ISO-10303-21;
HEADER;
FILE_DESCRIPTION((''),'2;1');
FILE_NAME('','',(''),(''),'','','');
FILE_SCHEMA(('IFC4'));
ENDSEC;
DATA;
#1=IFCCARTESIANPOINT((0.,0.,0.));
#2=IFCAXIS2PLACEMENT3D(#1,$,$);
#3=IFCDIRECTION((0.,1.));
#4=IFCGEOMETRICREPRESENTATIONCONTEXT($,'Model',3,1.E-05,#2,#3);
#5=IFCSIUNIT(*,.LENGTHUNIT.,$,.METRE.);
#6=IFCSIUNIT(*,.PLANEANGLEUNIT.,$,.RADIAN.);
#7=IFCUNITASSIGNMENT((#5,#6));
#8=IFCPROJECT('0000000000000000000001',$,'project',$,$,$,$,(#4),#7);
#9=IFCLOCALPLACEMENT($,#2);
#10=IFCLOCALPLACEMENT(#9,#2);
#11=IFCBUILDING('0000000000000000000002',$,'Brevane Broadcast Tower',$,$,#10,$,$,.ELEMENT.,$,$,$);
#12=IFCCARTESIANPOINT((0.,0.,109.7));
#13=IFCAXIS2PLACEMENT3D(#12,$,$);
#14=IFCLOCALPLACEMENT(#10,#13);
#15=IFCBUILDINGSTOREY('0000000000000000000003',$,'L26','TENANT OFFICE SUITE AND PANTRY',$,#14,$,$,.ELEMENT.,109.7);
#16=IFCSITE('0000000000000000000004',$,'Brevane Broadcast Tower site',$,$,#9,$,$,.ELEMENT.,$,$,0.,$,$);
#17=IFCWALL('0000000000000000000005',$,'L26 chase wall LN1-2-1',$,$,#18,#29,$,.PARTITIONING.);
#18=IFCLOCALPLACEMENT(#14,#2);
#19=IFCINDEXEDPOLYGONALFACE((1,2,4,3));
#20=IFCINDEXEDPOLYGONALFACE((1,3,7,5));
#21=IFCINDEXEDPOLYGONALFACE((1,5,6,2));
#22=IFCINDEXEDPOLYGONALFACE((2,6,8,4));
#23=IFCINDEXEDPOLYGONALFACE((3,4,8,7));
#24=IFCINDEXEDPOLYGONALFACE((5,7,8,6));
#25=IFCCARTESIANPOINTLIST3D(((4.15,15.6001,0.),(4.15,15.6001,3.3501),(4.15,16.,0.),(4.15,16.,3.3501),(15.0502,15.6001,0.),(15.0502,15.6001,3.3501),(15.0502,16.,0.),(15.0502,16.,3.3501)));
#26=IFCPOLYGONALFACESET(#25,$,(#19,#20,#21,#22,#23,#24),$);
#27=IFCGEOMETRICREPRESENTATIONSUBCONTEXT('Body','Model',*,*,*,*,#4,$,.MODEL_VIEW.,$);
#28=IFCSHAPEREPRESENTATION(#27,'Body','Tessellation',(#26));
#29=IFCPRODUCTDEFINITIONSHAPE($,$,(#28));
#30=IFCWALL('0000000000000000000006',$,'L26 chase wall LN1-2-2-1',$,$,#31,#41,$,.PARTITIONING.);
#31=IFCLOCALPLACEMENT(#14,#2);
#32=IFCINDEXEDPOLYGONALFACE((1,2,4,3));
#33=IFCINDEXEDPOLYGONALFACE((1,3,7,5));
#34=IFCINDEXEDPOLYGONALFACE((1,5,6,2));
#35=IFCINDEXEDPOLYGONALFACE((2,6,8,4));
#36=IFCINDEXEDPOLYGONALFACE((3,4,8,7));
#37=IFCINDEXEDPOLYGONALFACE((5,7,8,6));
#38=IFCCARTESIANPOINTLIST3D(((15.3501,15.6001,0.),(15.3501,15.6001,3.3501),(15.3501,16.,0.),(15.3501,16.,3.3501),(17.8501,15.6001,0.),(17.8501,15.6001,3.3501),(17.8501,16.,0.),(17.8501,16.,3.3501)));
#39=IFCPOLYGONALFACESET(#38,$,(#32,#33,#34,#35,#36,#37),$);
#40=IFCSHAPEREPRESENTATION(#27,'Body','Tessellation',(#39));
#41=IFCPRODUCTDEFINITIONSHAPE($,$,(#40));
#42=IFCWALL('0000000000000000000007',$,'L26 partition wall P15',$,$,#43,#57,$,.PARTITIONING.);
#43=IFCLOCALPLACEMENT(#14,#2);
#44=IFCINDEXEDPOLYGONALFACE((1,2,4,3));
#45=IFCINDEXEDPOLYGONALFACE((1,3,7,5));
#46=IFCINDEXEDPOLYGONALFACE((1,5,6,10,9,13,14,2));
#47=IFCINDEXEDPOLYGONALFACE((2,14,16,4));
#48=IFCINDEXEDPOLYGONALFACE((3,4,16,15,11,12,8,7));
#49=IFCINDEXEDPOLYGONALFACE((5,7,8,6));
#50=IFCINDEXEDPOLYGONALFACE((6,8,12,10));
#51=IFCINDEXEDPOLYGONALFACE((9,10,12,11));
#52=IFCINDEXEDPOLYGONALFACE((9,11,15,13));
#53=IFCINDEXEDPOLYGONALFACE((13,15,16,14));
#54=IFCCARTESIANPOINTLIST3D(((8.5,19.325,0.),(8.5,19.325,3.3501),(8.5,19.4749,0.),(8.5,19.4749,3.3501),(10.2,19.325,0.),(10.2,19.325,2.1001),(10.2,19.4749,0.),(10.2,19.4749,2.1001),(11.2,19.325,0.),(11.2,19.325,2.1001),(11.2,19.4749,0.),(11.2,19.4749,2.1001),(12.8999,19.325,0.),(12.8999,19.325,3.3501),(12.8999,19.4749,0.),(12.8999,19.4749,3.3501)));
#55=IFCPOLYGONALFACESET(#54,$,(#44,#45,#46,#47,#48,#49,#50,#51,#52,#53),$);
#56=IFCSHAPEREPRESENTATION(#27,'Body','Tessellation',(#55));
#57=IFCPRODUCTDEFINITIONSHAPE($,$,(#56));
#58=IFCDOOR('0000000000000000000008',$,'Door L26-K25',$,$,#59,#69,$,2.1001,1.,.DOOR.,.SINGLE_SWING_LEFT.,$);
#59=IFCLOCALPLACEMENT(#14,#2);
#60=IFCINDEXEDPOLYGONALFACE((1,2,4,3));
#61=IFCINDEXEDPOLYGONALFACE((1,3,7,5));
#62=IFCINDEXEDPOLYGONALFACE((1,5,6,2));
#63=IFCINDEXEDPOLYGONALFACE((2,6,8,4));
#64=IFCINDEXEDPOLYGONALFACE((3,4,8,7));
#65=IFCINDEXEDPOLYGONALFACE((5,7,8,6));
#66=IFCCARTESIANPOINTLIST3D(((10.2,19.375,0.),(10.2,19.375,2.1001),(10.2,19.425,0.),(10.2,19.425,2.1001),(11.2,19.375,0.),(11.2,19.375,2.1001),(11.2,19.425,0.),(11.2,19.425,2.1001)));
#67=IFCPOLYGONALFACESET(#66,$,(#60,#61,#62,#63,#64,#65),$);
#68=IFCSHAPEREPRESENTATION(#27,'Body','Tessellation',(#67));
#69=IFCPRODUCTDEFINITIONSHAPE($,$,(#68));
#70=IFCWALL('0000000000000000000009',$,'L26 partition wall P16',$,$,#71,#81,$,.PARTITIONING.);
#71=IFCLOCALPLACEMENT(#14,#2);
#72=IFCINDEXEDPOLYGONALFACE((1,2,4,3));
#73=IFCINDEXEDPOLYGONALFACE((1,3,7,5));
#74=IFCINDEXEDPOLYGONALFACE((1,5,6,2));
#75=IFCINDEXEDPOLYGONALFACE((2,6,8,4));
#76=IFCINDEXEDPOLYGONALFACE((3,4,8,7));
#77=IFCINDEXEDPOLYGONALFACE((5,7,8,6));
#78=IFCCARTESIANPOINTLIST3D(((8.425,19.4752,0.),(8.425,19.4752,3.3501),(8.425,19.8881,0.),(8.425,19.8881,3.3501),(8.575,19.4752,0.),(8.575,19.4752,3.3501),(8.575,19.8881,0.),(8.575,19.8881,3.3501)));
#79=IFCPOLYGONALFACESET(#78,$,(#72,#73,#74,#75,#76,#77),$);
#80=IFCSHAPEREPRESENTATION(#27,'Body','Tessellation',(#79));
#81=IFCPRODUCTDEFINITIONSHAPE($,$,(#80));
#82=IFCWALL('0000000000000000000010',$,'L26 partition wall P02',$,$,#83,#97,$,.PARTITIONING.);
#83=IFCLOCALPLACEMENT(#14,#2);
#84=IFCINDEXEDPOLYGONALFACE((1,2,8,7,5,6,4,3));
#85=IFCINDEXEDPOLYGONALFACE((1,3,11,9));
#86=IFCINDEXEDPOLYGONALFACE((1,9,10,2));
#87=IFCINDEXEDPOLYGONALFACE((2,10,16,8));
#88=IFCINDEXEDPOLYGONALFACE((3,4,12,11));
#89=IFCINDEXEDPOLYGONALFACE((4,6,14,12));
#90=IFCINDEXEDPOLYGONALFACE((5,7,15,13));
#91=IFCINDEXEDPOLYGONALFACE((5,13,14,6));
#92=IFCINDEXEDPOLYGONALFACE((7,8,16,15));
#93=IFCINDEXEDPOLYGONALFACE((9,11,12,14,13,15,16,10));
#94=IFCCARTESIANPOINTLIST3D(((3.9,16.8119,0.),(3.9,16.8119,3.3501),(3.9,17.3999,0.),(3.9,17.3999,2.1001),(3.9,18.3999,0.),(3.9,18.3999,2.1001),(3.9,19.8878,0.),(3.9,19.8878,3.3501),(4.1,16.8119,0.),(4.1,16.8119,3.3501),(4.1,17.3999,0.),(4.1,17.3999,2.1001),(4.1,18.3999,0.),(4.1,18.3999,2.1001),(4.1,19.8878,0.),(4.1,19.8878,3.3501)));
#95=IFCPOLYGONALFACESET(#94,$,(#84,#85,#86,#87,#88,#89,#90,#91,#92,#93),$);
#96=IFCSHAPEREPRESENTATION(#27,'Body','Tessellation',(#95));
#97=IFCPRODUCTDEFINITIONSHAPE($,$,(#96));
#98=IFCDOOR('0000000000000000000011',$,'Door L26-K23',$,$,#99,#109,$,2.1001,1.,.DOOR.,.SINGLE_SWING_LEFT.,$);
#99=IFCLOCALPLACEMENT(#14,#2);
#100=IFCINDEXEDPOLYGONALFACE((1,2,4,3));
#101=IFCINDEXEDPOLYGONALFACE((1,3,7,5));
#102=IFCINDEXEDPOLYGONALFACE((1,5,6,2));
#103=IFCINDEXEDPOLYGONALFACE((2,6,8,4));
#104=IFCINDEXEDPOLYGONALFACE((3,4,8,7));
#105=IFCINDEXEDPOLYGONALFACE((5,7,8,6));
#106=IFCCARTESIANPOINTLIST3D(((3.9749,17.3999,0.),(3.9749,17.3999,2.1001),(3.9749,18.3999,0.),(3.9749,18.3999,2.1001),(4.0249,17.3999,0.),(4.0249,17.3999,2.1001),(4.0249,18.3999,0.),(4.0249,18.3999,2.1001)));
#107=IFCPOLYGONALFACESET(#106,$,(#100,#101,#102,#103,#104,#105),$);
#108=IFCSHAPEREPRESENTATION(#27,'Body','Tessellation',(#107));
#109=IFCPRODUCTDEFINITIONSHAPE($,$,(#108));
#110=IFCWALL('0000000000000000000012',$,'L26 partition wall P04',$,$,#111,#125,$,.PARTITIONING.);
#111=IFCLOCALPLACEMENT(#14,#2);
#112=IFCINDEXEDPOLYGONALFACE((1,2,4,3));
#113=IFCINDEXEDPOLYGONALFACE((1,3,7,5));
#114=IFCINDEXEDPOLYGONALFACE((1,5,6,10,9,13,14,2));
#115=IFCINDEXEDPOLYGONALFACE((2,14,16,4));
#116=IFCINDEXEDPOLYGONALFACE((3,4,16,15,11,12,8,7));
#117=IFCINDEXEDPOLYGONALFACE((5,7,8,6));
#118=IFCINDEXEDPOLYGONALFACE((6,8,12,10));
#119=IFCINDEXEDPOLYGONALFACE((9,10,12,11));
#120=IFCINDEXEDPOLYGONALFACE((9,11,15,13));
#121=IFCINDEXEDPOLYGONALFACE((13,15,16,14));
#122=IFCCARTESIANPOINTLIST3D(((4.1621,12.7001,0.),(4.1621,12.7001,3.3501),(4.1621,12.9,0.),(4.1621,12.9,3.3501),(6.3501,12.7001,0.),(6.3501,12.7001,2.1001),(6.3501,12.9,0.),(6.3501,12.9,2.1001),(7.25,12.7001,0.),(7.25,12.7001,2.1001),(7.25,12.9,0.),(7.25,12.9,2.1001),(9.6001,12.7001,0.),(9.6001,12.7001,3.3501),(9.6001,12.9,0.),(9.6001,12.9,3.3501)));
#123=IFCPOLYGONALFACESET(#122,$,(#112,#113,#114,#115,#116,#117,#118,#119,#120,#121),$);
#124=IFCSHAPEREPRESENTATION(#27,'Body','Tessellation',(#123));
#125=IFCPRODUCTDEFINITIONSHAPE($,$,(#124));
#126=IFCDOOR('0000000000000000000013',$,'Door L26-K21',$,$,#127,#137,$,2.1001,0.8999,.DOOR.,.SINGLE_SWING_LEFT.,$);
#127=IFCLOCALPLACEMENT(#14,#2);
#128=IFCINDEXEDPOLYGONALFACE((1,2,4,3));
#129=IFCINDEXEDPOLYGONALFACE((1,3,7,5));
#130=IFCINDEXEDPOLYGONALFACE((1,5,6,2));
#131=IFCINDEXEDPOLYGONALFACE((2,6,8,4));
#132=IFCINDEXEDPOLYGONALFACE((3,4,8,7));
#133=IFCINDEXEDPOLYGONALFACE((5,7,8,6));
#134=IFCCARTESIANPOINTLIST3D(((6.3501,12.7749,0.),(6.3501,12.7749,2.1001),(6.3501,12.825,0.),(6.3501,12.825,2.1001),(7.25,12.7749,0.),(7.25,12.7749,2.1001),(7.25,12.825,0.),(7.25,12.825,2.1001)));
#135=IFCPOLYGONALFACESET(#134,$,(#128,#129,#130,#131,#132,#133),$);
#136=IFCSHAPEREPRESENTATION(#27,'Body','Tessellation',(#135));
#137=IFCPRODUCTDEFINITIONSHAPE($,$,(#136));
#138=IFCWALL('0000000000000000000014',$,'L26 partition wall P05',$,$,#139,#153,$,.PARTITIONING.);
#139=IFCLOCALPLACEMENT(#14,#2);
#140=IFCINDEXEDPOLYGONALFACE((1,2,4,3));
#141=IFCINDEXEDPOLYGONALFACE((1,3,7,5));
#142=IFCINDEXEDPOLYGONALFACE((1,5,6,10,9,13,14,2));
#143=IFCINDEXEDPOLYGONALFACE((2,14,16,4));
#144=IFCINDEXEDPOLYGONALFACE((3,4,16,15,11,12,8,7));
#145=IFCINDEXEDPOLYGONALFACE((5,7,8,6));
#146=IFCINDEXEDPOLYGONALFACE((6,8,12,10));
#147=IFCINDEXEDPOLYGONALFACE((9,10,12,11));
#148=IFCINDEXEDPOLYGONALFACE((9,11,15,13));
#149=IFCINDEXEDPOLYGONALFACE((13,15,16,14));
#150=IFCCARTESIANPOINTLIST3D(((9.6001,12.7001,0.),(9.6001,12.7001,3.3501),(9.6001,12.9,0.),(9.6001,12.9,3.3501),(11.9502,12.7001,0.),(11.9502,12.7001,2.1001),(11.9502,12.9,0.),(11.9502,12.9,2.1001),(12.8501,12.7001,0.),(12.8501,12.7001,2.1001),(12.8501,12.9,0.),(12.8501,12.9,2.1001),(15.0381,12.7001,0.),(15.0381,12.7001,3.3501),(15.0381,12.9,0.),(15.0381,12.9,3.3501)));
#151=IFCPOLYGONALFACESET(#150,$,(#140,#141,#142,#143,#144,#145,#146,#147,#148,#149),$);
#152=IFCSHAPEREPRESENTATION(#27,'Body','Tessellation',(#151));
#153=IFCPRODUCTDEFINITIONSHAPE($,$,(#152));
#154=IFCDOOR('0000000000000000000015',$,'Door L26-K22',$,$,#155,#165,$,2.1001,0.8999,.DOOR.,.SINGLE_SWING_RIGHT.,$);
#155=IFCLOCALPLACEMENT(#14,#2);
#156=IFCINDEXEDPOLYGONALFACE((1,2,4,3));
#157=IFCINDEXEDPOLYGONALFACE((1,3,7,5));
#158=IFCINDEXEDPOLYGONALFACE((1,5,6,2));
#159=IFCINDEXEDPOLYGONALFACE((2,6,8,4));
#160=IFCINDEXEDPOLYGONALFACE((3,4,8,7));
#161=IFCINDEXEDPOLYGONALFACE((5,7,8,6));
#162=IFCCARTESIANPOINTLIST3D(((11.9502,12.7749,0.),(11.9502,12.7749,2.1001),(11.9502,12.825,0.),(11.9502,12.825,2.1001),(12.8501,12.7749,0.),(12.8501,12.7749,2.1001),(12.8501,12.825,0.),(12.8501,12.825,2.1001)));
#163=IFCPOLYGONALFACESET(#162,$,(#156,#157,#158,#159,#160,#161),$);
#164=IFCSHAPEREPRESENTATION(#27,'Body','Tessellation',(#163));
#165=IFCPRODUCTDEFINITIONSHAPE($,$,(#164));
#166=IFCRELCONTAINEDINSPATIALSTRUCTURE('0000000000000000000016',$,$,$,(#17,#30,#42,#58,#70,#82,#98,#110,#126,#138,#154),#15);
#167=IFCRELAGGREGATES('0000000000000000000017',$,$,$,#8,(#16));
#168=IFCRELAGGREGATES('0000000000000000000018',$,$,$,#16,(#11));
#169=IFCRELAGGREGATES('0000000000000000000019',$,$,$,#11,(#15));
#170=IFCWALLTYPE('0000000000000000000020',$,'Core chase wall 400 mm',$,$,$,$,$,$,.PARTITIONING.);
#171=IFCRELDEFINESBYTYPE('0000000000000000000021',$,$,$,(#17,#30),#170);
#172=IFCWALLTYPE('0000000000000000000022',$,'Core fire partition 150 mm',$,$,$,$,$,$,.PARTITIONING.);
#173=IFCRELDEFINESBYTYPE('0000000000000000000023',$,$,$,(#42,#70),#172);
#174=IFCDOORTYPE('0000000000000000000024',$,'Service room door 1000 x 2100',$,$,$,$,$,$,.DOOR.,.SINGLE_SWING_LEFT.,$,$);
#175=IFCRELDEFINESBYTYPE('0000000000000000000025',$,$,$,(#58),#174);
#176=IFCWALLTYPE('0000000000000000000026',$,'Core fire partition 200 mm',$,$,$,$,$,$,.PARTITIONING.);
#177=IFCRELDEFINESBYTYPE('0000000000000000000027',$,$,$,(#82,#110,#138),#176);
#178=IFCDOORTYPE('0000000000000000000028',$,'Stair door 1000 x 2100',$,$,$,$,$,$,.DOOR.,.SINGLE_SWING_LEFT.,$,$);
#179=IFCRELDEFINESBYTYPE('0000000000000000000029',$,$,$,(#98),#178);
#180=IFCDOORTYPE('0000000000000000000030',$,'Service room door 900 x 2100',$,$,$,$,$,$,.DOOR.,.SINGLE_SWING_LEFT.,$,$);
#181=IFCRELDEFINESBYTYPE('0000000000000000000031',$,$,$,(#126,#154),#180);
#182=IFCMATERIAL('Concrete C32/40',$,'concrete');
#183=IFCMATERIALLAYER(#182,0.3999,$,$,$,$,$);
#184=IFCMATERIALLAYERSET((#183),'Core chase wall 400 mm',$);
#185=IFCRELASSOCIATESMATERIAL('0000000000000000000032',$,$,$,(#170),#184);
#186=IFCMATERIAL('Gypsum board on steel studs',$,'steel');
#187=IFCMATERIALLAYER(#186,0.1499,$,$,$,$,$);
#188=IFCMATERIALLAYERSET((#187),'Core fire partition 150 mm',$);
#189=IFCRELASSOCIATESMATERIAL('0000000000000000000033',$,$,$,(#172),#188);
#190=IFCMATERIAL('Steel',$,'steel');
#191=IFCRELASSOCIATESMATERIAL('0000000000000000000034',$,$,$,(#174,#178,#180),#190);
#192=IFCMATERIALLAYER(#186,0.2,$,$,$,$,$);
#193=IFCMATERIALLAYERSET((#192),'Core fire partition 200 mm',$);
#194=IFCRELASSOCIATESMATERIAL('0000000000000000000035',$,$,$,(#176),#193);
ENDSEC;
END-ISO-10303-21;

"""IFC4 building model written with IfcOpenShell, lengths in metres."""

from ifc_helpers import new_model, si_unit, direction, frame, frame_2d, origin, place, context, subcontext, project, spatial, rectangle, extrude, material, layer, layer_set, type_object, element, fill, save


model = new_model("IFC4")

# Units and contexts
model_context = context("Model", 3, precision=1e-05, world=origin(), true_north=direction((0.0, 1.0)))
body_context = subcontext(model_context, "Body", "Model", "MODEL_VIEW")
ifc_project = project(units=[si_unit("LENGTHUNIT", "METRE"), si_unit("PLANEANGLEUNIT", "RADIAN")], contexts=[model_context])

# Site, building, storey
site_placement = place(None, origin())
site = spatial("IfcSite", under=ifc_project, at=site_placement, Name="Brevane Broadcast Tower site", CompositionType="ELEMENT", RefElevation=0.0)
building_placement = place(site_placement, origin())
building = spatial("IfcBuilding", under=site, at=building_placement, Name="Brevane Broadcast Tower", CompositionType="ELEMENT")
storey_placement = place(building_placement, frame((0.0, 0.0, 109.7)))
storey = spatial("IfcBuildingStorey", under=building, at=storey_placement, Name="L26", Description="TENANT OFFICE SUITE AND PANTRY", CompositionType="ELEMENT", Elevation=109.7)

# Walls
ifc_material_1 = material(Name="Concrete C32/40", Category="concrete")
ifc_layer_1 = layer(ifc_material_1, 0.3999)
ifc_layer_set_1 = layer_set([ifc_layer_1], Name="Core chase wall 400 mm")
wall_type_1 = type_object("IfcWallType", Name="Core chase wall 400 mm", PredefinedType="PARTITIONING", material=ifc_layer_set_1)
wall_1_placement = place(storey_placement, frame((4.1499, 15.8, 0.0), z_axis=(0.0, 0.0, 1.0), x_axis=(1.0, 0.0, 0.0)))
element("IfcWall", 1, at=wall_1_placement, inside=storey, type_object=wall_type_1, Name="L26 chase wall LN1-2-1", PredefinedType="PARTITIONING", context=body_context, shape_type="SweptSolid", body=[
    extrude(rectangle(XDim=10.9001, YDim=0.3999, at=frame_2d((5.4502, 0.0))), origin(), (0.0, 0.0, 1.0), 3.3501),
])
wall_2_placement = place(storey_placement, frame((15.3501, 15.8, 0.0), z_axis=(0.0, 0.0, 1.0), x_axis=(1.0, 0.0, 0.0)))
element("IfcWall", 2, at=wall_2_placement, inside=storey, type_object=wall_type_1, Name="L26 chase wall LN1-2-2-1", PredefinedType="PARTITIONING", context=body_context, shape_type="SweptSolid", body=[
    extrude(rectangle(XDim=2.5, YDim=0.3999, at=frame_2d((1.25, 0.0))), origin(), (0.0, 0.0, 1.0), 3.3501),
])

# Wall, opening, door
ifc_material_2 = material(Name="Gypsum board on steel studs", Category="steel")
ifc_layer_2 = layer(ifc_material_2, 0.1499)
ifc_layer_set_2 = layer_set([ifc_layer_2], Name="Core fire partition 150 mm")
wall_type_2 = type_object("IfcWallType", Name="Core fire partition 150 mm", PredefinedType="PARTITIONING", material=ifc_layer_set_2)
wall_3_placement = place(storey_placement, frame((12.8999, 19.3999, 0.0), z_axis=(0.0, 0.0, 1.0), x_axis=(-1.0, 0.0, 0.0)))
wall_3 = element("IfcWall", 3, at=wall_3_placement, inside=storey, type_object=wall_type_2, Name="L26 partition wall P15", PredefinedType="PARTITIONING", context=body_context, shape_type="SweptSolid", body=[
    extrude(rectangle(XDim=4.3999, YDim=0.1499, at=frame_2d((2.2, 0.0))), origin(), (0.0, 0.0, 1.0), 3.3501),
])
opening_1_placement = place(wall_3_placement, frame((1.7, 0.0, 0.0)))
opening_1 = element("IfcOpeningElement", 4, at=opening_1_placement, cuts=wall_3, PredefinedType="OPENING", context=body_context, shape_type="SweptSolid", body=[
    extrude(rectangle(XDim=1.0, YDim=2.1001, at=frame_2d((0.5, 1.05))), frame((0.0, 0.085, 0.0), z_axis=(0.0, -1.0, 0.0), x_axis=(1.0, 0.0, 0.0)), (0.0, 0.0, 1.0), 0.1699),
])
ifc_material_3 = material(Name="Steel", Category="steel")
door_type_1 = type_object("IfcDoorType", Name="Service room door 1000 x 2100", OperationType="SINGLE_SWING_LEFT", PredefinedType="DOOR", material=ifc_material_3)
door_1_placement = place(opening_1_placement, origin())
door_1 = element("IfcDoor", 5, at=door_1_placement, inside=storey, type_object=door_type_1, Name="Door L26-K25", OperationType="SINGLE_SWING_LEFT", OverallHeight=2.1001, OverallWidth=1.0, PredefinedType="DOOR", context=body_context, shape_type="SweptSolid", body=[
    extrude(rectangle(XDim=1.0, YDim=2.1001, at=frame_2d((0.5, 1.05))), frame((0.0, 0.0249, 0.0), z_axis=(0.0, -1.0, 0.0), x_axis=(1.0, 0.0, 0.0)), (0.0, 0.0, 1.0), 0.05),
])
fill(opening_1, door_1)

# Wall
wall_4_placement = place(storey_placement, frame((8.5, 19.4751, 0.0), z_axis=(0.0, 0.0, 1.0), x_axis=(0.0, 1.0, 0.0)))
element("IfcWall", 6, at=wall_4_placement, inside=storey, type_object=wall_type_2, Name="L26 partition wall P16", PredefinedType="PARTITIONING", context=body_context, shape_type="SweptSolid", body=[
    extrude(rectangle(XDim=0.4128, YDim=0.1499, at=frame_2d((0.2065, 0.0))), origin(), (0.0, 0.0, 1.0), 3.3501),
])

# Walls, openings, doors
ifc_layer_3 = layer(ifc_material_2, 0.2)
ifc_layer_set_3 = layer_set([ifc_layer_3], Name="Core fire partition 200 mm")
wall_type_3 = type_object("IfcWallType", Name="Core fire partition 200 mm", PredefinedType="PARTITIONING", material=ifc_layer_set_3)
wall_5_placement = place(storey_placement, frame((4.0, 19.8879, 0.0), z_axis=(0.0, 0.0, 1.0), x_axis=(0.0, -1.0, 0.0)))
wall_5 = element("IfcWall", 7, at=wall_5_placement, inside=storey, type_object=wall_type_3, Name="L26 partition wall P02", PredefinedType="PARTITIONING", context=body_context, shape_type="SweptSolid", body=[
    extrude(rectangle(XDim=3.0759, YDim=0.2, at=frame_2d((1.5381, 0.0))), origin(), (0.0, 0.0, 1.0), 3.3501),
])
opening_2_placement = place(wall_5_placement, frame((1.488, 0.0, 0.0)))
opening_2 = element("IfcOpeningElement", 8, at=opening_2_placement, cuts=wall_5, PredefinedType="OPENING", context=body_context, shape_type="SweptSolid", body=[
    extrude(rectangle(XDim=1.0, YDim=2.1001, at=frame_2d((0.5, 1.05))), frame((0.0, 0.1099, 0.0), z_axis=(0.0, -1.0, 0.0), x_axis=(1.0, 0.0, 0.0)), (0.0, 0.0, 1.0), 0.22),
])
door_type_2 = type_object("IfcDoorType", Name="Stair door 1000 x 2100", OperationType="SINGLE_SWING_LEFT", PredefinedType="DOOR", material=ifc_material_3)
door_2_placement = place(opening_2_placement, origin())
door_2 = element("IfcDoor", 9, at=door_2_placement, inside=storey, type_object=door_type_2, Name="Door L26-K23", OperationType="SINGLE_SWING_LEFT", OverallHeight=2.1001, OverallWidth=1.0, PredefinedType="DOOR", context=body_context, shape_type="SweptSolid", body=[
    extrude(rectangle(XDim=1.0, YDim=2.1001, at=frame_2d((0.5, 1.05))), frame((0.0, 0.0249, 0.0), z_axis=(0.0, -1.0, 0.0), x_axis=(1.0, 0.0, 0.0)), (0.0, 0.0, 1.0), 0.05),
])
fill(opening_2, door_2)
wall_6_placement = place(storey_placement, frame((4.1621, 12.8, 0.0), z_axis=(0.0, 0.0, 1.0), x_axis=(1.0, 0.0, 0.0)))
wall_6 = element("IfcWall", 10, at=wall_6_placement, inside=storey, type_object=wall_type_3, Name="L26 partition wall P04", PredefinedType="PARTITIONING", context=body_context, shape_type="SweptSolid", body=[
    extrude(rectangle(XDim=5.438, YDim=0.2, at=frame_2d((2.719, 0.0))), origin(), (0.0, 0.0, 1.0), 3.3501),
])
opening_3_placement = place(wall_6_placement, frame((2.188, 0.0, 0.0)))
opening_3 = element("IfcOpeningElement", 11, at=opening_3_placement, cuts=wall_6, PredefinedType="OPENING", context=body_context, shape_type="SweptSolid", body=[
    extrude(rectangle(XDim=0.8999, YDim=2.1001, at=frame_2d((0.45, 1.05))), frame((0.0, 0.1099, 0.0), z_axis=(0.0, -1.0, 0.0), x_axis=(1.0, 0.0, 0.0)), (0.0, 0.0, 1.0), 0.22),
])
door_type_3 = type_object("IfcDoorType", Name="Service room door 900 x 2100", OperationType="SINGLE_SWING_LEFT", PredefinedType="DOOR", material=ifc_material_3)
door_3_placement = place(opening_3_placement, origin())
door_3 = element("IfcDoor", 12, at=door_3_placement, inside=storey, type_object=door_type_3, Name="Door L26-K21", OperationType="SINGLE_SWING_LEFT", OverallHeight=2.1001, OverallWidth=0.8999, PredefinedType="DOOR", context=body_context, shape_type="SweptSolid", body=[
    extrude(rectangle(XDim=0.8999, YDim=2.1001, at=frame_2d((0.45, 1.05))), frame((0.0, 0.0249, 0.0), z_axis=(0.0, -1.0, 0.0), x_axis=(1.0, 0.0, 0.0)), (0.0, 0.0, 1.0), 0.05),
])
fill(opening_3, door_3)
wall_7_placement = place(storey_placement, frame((9.6001, 12.8, 0.0), z_axis=(0.0, 0.0, 1.0), x_axis=(1.0, 0.0, 0.0)))
wall_7 = element("IfcWall", 13, at=wall_7_placement, inside=storey, type_object=wall_type_3, Name="L26 partition wall P05", PredefinedType="PARTITIONING", context=body_context, shape_type="SweptSolid", body=[
    extrude(rectangle(XDim=5.438, YDim=0.2, at=frame_2d((2.719, 0.0))), origin(), (0.0, 0.0, 1.0), 3.3501),
])
opening_4_placement = place(wall_7_placement, frame((2.3501, 0.0, 0.0)))
opening_4 = element("IfcOpeningElement", 14, at=opening_4_placement, cuts=wall_7, PredefinedType="OPENING", context=body_context, shape_type="SweptSolid", body=[
    extrude(rectangle(XDim=0.8999, YDim=2.1001, at=frame_2d((0.45, 1.05))), frame((0.0, 0.1099, 0.0), z_axis=(0.0, -1.0, 0.0), x_axis=(1.0, 0.0, 0.0)), (0.0, 0.0, 1.0), 0.22),
])
door_4_placement = place(opening_4_placement, origin())
door_4 = element("IfcDoor", 15, at=door_4_placement, inside=storey, type_object=door_type_3, Name="Door L26-K22", OperationType="SINGLE_SWING_RIGHT", OverallHeight=2.1001, OverallWidth=0.8999, PredefinedType="DOOR", context=body_context, shape_type="SweptSolid", body=[
    extrude(rectangle(XDim=0.8999, YDim=2.1001, at=frame_2d((0.45, 1.05))), frame((0.0, 0.0249, 0.0), z_axis=(0.0, -1.0, 0.0), x_axis=(1.0, 0.0, 0.0)), (0.0, 0.0, 1.0), 0.05),
])
fill(opening_4, door_4)

save(model, "model.ifc")
